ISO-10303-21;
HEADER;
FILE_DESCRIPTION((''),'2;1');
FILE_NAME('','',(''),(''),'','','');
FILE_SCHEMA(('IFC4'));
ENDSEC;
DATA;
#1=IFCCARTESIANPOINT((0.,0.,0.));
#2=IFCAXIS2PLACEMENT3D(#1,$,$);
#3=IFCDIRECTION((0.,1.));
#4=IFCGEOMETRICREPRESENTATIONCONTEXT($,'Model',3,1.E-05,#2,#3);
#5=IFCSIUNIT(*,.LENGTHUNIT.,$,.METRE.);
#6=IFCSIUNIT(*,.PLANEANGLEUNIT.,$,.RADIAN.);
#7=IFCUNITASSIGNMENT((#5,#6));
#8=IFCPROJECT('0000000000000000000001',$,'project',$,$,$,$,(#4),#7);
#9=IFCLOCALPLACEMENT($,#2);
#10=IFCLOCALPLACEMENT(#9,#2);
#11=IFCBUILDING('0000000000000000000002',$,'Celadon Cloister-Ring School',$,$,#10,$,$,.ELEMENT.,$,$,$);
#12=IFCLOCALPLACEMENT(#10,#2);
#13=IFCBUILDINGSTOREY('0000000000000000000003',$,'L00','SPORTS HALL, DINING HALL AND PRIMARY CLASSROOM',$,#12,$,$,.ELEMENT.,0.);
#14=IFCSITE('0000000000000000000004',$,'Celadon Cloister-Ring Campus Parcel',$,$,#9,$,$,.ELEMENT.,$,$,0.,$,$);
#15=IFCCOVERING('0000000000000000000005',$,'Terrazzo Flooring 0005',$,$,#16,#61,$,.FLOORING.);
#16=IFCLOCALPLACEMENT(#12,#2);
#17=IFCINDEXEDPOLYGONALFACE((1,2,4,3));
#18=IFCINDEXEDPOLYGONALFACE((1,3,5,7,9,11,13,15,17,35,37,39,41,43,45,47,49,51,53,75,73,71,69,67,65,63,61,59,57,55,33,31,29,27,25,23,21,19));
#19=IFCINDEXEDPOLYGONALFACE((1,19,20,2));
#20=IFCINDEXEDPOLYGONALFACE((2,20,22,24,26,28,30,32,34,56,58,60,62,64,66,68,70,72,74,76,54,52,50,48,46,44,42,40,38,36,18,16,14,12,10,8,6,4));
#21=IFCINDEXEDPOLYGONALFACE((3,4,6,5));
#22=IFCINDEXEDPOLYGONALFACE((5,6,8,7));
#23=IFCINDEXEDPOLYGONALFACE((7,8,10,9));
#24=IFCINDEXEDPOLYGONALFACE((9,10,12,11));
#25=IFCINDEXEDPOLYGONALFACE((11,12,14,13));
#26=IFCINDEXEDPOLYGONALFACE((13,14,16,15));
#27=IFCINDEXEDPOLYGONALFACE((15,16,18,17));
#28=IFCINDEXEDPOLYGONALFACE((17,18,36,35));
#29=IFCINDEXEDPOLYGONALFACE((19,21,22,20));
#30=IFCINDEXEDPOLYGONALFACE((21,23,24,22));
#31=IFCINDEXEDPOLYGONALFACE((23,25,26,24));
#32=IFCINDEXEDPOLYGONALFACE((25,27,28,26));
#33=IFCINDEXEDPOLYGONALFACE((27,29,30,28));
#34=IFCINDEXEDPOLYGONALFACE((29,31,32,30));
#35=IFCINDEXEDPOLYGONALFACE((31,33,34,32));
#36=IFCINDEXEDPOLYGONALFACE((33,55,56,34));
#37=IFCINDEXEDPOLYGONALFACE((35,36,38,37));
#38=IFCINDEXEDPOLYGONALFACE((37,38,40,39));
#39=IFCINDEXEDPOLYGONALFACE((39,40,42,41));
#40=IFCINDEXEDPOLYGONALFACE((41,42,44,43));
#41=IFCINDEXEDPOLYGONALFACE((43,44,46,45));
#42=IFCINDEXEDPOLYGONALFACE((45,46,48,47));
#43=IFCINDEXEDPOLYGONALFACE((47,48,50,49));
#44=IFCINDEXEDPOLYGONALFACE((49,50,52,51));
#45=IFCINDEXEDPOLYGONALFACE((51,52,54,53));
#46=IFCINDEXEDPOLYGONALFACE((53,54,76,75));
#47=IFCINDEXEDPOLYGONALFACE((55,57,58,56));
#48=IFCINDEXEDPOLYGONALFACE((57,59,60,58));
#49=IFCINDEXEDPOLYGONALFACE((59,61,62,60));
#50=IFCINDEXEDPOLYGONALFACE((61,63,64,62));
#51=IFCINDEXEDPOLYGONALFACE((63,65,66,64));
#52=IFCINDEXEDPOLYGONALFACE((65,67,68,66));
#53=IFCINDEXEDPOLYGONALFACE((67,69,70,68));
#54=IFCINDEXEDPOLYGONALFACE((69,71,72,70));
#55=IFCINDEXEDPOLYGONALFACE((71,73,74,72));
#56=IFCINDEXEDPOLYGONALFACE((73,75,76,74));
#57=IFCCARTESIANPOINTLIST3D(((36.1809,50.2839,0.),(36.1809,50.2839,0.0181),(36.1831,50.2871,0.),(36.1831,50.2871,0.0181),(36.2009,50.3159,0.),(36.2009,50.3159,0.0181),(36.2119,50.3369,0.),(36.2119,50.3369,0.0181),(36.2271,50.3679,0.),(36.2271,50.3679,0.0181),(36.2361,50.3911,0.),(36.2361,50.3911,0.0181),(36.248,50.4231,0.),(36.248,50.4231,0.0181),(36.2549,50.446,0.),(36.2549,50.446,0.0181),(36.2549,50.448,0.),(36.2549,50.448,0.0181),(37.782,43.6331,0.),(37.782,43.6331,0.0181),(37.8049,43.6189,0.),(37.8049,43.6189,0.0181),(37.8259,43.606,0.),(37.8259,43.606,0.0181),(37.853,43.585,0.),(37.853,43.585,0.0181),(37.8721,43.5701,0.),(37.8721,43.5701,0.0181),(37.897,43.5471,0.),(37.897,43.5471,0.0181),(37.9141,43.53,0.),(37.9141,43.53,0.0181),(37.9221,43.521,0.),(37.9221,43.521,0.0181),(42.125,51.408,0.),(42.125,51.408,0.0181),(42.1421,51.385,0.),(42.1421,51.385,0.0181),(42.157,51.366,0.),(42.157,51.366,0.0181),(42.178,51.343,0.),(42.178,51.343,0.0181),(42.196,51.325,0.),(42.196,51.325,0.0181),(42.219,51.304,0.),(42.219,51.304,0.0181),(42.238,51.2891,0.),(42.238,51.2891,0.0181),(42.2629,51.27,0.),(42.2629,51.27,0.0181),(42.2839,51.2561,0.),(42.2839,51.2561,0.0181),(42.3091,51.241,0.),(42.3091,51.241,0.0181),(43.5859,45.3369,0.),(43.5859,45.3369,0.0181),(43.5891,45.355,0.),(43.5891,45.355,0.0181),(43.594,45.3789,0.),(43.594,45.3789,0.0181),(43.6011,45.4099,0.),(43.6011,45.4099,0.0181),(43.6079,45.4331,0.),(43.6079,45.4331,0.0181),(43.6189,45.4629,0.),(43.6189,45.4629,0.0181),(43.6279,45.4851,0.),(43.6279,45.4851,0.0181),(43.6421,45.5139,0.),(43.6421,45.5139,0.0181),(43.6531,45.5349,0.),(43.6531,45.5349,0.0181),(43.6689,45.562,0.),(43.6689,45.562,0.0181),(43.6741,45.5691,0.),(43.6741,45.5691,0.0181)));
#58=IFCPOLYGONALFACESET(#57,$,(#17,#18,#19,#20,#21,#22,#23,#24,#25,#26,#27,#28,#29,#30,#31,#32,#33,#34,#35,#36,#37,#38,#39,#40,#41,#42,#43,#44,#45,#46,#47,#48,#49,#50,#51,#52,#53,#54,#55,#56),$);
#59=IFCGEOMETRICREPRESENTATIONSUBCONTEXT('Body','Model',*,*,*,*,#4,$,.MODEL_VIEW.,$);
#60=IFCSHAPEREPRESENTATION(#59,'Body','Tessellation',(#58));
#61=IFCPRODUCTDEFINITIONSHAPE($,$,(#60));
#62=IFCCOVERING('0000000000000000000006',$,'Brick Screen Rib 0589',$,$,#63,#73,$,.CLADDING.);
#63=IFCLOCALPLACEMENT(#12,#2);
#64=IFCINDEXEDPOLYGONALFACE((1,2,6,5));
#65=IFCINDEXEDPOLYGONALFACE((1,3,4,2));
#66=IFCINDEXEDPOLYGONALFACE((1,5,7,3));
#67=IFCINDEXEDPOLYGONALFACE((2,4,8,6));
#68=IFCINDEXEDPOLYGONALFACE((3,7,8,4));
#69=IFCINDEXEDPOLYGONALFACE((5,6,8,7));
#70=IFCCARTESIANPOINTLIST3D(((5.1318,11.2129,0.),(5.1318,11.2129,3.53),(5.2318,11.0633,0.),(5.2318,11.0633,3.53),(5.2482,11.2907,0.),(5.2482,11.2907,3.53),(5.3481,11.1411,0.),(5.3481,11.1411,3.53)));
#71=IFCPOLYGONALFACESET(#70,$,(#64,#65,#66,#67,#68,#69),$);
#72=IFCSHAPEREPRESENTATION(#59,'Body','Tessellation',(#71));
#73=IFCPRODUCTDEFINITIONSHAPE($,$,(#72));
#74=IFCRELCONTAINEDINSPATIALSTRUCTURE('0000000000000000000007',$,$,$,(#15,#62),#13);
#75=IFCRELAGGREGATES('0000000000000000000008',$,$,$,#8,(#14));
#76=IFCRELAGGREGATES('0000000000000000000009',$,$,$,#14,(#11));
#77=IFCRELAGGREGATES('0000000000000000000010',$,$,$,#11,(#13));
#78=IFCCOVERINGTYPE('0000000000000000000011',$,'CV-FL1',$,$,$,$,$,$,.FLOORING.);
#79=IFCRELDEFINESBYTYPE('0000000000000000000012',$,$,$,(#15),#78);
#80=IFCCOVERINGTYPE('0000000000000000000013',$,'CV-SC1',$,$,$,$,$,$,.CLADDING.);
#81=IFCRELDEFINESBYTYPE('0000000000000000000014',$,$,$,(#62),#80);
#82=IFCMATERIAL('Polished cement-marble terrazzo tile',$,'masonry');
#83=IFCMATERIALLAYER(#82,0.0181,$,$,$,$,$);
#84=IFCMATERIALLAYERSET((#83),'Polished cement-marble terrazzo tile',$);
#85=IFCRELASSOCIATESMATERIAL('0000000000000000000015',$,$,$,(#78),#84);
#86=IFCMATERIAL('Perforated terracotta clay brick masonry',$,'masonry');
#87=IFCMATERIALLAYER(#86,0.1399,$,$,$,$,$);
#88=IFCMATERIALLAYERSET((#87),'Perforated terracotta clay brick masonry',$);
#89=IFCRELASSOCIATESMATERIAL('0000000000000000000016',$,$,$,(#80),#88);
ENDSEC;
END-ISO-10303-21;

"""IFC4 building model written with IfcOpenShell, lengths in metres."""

from ifc_helpers import new_model, si_unit, direction, frame, origin, origin_2d, place, context, subcontext, project, spatial, polyline, rectangle, outline, extrude, material, layer, layer_set, type_object, element, save


model = new_model("IFC4")

# Units and contexts
model_context = context("Model", 3, precision=1e-05, world=origin(), true_north=direction((0.0, 1.0)))
body_context = subcontext(model_context, "Body", "Model", "MODEL_VIEW")
ifc_project = project(units=[si_unit("LENGTHUNIT", "METRE"), si_unit("PLANEANGLEUNIT", "RADIAN")], contexts=[model_context])

# Site, building, storey
site_placement = place(None, origin())
site = spatial("IfcSite", under=ifc_project, at=site_placement, Name="Celadon Cloister-Ring Campus Parcel", CompositionType="ELEMENT", RefElevation=0.0)
building_placement = place(site_placement, origin())
building = spatial("IfcBuilding", under=site, at=building_placement, Name="Celadon Cloister-Ring School", CompositionType="ELEMENT")
storey_placement = place(building_placement, origin())
storey = spatial("IfcBuildingStorey", under=building, at=storey_placement, Name="L00", Description="SPORTS HALL, DINING HALL AND PRIMARY CLASSROOM", CompositionType="ELEMENT", Elevation=0.0)

# Coverings
ifc_material_1 = material(Name="Polished cement-marble terrazzo tile", Category="masonry")
ifc_layer_1 = layer(ifc_material_1, 0.0181)
ifc_layer_set_1 = layer_set([ifc_layer_1], Name="Polished cement-marble terrazzo tile")
covering_type_1 = type_object("IfcCoveringType", Name="CV-FL1", PredefinedType="FLOORING", material=ifc_layer_set_1)
covering_1_placement = place(storey_placement, origin())
element("IfcCovering", 1, at=covering_1_placement, inside=storey, type_object=covering_type_1, Name="Terrazzo Flooring 0005", PredefinedType="FLOORING", context=body_context, shape_type="SweptSolid", body=[
    extrude(outline(polyline([(36.1809, 50.2839), (36.1831, 50.2871), (36.2009, 50.3159), (36.2119, 50.3369), (36.2271, 50.3679), (36.2361, 50.3911), (36.248, 50.4231), (36.2549, 50.446), (36.2549, 50.448), (42.125, 51.408), (42.1421, 51.385), (42.157, 51.366), (42.178, 51.343), (42.196, 51.325), (42.219, 51.304), (42.238, 51.2891), (42.2629, 51.27), (42.2839, 51.2561), (42.3091, 51.241), (43.6741, 45.5691), (43.6689, 45.562), (43.6531, 45.5349), (43.6421, 45.5139), (43.6279, 45.4851), (43.6189, 45.4629), (43.6079, 45.4331), (43.6011, 45.4099), (43.594, 45.3789), (43.5891, 45.355), (43.5859, 45.3369), (37.9221, 43.521), (37.9141, 43.53), (37.897, 43.5471), (37.8721, 43.5701), (37.853, 43.585), (37.8259, 43.606), (37.8049, 43.6189), (37.782, 43.6331), (36.1809, 50.2839)])), origin(), (0.0, 0.0, 1.0), 0.0181),
])
ifc_material_2 = material(Name="Perforated terracotta clay brick masonry", Category="masonry")
ifc_layer_2 = layer(ifc_material_2, 0.1399)
ifc_layer_set_2 = layer_set([ifc_layer_2], Name="Perforated terracotta clay brick masonry")
covering_type_2 = type_object("IfcCoveringType", Name="CV-SC1", PredefinedType="CLADDING", material=ifc_layer_set_2)
covering_2_placement = place(storey_placement, frame((5.24, 11.177, 0.0), z_axis=(0.0, 0.0, 1.0), x_axis=(-0.555686, 0.831392, 0.0)))
element("IfcCovering", 2, at=covering_2_placement, inside=storey, type_object=covering_type_2, Name="Brick Screen Rib 0589", PredefinedType="CLADDING", context=body_context, shape_type="SweptSolid", body=[
    extrude(rectangle(XDim=0.1799, YDim=0.1399, at=origin_2d()), origin(), (0.0, 0.0, 1.0), 3.53),
])

save(model, "model.ifc")
